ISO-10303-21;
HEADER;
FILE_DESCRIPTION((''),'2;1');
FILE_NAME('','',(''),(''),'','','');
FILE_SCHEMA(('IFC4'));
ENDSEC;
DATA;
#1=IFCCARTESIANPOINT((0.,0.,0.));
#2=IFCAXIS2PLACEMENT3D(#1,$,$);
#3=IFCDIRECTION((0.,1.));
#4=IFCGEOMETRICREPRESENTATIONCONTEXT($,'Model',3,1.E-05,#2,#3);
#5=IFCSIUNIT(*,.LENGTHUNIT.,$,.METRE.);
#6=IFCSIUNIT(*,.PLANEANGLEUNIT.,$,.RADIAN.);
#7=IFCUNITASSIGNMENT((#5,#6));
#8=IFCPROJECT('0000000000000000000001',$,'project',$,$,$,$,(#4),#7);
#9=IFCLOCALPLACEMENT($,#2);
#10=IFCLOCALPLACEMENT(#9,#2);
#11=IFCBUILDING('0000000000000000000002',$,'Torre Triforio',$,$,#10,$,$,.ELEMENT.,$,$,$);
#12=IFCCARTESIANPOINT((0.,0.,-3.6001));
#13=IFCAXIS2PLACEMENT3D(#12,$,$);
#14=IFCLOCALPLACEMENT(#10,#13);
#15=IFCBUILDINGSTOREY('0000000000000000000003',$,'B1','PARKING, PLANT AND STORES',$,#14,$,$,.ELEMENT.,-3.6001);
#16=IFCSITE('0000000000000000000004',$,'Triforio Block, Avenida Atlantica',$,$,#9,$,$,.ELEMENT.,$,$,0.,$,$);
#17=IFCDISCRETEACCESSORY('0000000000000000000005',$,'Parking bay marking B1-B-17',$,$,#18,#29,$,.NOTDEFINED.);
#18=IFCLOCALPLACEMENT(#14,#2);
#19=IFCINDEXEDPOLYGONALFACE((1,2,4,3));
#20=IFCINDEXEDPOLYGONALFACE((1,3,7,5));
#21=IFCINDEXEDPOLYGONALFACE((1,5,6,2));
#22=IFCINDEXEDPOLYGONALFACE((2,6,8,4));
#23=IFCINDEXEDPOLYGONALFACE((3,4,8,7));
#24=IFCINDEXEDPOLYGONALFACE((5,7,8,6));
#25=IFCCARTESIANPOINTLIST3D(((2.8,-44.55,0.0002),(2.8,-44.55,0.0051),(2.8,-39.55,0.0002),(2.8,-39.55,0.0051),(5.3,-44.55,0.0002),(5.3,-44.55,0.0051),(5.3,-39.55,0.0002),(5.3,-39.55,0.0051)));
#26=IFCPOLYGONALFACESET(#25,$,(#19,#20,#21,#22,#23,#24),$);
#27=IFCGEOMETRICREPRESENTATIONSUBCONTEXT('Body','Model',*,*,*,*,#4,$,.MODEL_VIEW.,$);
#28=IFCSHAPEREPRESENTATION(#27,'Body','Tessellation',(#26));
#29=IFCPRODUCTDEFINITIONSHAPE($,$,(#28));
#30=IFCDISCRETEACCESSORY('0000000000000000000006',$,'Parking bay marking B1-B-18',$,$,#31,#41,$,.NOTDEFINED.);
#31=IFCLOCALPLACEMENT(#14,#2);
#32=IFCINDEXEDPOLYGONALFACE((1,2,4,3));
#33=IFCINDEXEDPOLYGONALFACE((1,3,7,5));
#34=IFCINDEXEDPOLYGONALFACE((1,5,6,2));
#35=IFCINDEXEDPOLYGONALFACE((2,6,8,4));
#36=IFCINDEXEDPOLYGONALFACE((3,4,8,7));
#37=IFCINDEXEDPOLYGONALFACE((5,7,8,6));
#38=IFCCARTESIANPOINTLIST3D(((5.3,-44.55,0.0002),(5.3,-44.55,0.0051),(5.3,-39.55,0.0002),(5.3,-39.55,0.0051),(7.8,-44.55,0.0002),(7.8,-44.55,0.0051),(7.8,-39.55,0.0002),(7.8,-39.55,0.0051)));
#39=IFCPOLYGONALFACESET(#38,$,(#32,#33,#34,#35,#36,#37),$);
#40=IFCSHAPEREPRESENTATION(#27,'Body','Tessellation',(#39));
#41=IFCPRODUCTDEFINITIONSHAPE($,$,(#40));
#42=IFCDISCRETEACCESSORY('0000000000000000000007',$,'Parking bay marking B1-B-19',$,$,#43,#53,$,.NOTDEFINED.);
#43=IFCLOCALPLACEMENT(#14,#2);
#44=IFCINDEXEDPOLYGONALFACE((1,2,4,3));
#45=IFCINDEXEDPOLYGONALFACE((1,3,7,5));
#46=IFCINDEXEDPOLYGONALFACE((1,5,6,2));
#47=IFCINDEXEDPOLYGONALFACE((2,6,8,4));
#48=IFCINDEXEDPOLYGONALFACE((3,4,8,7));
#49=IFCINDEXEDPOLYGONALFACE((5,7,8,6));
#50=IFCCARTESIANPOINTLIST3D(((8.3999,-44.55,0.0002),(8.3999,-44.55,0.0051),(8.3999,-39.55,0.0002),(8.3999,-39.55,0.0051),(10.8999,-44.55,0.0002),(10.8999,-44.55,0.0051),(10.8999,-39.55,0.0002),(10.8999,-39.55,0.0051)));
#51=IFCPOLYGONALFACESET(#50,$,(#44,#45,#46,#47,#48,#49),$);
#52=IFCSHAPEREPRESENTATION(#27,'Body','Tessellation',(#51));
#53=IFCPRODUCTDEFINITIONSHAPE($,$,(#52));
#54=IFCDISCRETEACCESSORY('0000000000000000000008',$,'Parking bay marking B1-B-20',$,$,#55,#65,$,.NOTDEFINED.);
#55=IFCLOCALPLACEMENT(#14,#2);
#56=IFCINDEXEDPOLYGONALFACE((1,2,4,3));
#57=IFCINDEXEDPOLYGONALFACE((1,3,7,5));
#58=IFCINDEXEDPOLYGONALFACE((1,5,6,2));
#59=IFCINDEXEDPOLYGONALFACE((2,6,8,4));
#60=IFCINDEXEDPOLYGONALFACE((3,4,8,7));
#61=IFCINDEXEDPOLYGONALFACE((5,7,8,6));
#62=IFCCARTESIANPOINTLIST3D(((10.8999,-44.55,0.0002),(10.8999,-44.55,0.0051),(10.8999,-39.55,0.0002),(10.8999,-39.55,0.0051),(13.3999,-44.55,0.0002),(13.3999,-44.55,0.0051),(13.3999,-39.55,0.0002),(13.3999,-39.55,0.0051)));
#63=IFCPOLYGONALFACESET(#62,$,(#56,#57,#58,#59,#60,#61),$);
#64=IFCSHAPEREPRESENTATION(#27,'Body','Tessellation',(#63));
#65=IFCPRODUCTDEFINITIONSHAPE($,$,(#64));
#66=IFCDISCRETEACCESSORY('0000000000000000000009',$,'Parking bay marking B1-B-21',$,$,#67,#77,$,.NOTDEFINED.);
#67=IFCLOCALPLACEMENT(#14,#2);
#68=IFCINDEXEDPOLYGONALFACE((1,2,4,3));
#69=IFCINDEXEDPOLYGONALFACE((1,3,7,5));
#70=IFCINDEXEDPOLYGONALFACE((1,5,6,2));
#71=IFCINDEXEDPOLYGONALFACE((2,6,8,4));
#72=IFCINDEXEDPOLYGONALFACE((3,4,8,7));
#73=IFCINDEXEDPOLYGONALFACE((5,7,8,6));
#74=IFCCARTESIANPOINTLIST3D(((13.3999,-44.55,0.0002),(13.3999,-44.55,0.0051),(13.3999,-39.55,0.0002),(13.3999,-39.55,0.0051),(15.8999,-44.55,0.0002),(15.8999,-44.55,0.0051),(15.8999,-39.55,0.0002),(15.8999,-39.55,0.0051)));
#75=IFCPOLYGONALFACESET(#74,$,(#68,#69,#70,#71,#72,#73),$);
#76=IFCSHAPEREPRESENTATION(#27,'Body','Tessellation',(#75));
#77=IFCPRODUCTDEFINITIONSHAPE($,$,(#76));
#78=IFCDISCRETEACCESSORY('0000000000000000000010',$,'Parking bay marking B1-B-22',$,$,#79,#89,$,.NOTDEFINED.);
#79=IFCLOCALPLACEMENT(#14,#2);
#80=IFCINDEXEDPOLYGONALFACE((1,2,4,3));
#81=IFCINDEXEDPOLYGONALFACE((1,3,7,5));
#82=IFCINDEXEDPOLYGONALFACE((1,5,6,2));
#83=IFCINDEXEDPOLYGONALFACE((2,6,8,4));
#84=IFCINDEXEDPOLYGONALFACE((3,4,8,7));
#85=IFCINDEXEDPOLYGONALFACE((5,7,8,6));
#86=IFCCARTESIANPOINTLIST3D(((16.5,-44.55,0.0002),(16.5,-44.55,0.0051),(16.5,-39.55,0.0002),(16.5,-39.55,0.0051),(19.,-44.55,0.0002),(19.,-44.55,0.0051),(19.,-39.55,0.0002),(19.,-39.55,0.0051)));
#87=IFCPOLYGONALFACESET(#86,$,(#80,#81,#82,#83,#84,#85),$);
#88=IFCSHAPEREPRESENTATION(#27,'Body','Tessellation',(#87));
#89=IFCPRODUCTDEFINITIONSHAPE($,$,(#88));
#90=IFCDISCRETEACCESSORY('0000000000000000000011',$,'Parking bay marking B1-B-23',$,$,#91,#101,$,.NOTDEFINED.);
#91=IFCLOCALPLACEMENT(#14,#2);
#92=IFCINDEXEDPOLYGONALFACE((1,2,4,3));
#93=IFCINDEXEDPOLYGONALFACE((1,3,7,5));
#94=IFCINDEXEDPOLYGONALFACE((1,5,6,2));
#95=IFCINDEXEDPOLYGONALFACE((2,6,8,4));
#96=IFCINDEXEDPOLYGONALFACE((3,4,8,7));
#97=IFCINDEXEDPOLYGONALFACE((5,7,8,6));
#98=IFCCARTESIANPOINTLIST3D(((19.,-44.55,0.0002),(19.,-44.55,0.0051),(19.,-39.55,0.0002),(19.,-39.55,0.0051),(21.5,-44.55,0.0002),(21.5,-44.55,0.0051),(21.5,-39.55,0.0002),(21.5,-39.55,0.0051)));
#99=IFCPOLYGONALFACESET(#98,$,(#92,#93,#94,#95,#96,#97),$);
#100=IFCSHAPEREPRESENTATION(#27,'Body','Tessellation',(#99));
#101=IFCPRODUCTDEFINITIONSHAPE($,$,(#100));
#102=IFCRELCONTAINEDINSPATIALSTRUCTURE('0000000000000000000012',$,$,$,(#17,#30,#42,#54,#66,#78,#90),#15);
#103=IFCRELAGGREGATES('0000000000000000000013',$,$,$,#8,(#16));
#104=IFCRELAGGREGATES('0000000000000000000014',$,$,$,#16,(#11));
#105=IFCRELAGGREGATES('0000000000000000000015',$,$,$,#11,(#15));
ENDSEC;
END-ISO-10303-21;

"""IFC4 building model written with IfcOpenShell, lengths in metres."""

from ifc_helpers import new_model, si_unit, direction, frame, origin, origin_2d, place, context, subcontext, project, spatial, rectangle, extrude, element, save


model = new_model("IFC4")

# Units and contexts
model_context = context("Model", 3, precision=1e-05, world=origin(), true_north=direction((0.0, 1.0)))
body_context = subcontext(model_context, "Body", "Model", "MODEL_VIEW")
ifc_project = project(units=[si_unit("LENGTHUNIT", "METRE"), si_unit("PLANEANGLEUNIT", "RADIAN")], contexts=[model_context])

# Site, building, storey
site_placement = place(None, origin())
site = spatial("IfcSite", under=ifc_project, at=site_placement, Name="Triforio Block, Avenida Atlantica", CompositionType="ELEMENT", RefElevation=0.0)
building_placement = place(site_placement, origin())
building = spatial("IfcBuilding", under=site, at=building_placement, Name="Torre Triforio", CompositionType="ELEMENT")
storey_placement = place(building_placement, frame((0.0, 0.0, -3.6001)))
storey = spatial("IfcBuildingStorey", under=building, at=storey_placement, Name="B1", Description="PARKING, PLANT AND STORES", CompositionType="ELEMENT", Elevation=-3.6001)

# Discrete accessories
for number, where, z_axis, x_axis, name in (
    (1, (4.05, -42.05, 0.0002), (0.0, 0.0, 1.0), (1.0, 0.0, 0.0), "Parking bay marking B1-B-17"),
    (2, (6.55, -42.05, 0.0002), (0.0, 0.0, 1.0), (1.0, 0.0, 0.0), "Parking bay marking B1-B-18"),
    (3, (9.6499, -42.05, 0.0002), (0.0, 0.0, 1.0), (1.0, 0.0, 0.0), "Parking bay marking B1-B-19"),
    (4, (12.1499, -42.05, 0.0002), (0.0, 0.0, 1.0), (1.0, 0.0, 0.0), "Parking bay marking B1-B-20"),
    (5, (14.6499, -42.05, 0.0002), (0.0, 0.0, 1.0), (1.0, 0.0, 0.0), "Parking bay marking B1-B-21"),
    (6, (17.75, -42.05, 0.0002), (0.0, 0.0, 1.0), (1.0, 0.0, 0.0), "Parking bay marking B1-B-22"),
    (7, (20.25, -42.05, 0.0002), (0.0, 0.0, 1.0), (1.0, 0.0, 0.0), "Parking bay marking B1-B-23"),
):
    element("IfcDiscreteAccessory", number, at=place(storey_placement, frame(where, z_axis=z_axis, x_axis=x_axis)), inside=storey, Name=name, PredefinedType="NOTDEFINED", context=body_context, shape_type="SweptSolid", body=[
        extrude(rectangle(XDim=2.5, YDim=5.0, at=origin_2d()), origin(), (0.0, 0.0, 1.0), 0.0049),
    ])

save(model, "model.ifc")
